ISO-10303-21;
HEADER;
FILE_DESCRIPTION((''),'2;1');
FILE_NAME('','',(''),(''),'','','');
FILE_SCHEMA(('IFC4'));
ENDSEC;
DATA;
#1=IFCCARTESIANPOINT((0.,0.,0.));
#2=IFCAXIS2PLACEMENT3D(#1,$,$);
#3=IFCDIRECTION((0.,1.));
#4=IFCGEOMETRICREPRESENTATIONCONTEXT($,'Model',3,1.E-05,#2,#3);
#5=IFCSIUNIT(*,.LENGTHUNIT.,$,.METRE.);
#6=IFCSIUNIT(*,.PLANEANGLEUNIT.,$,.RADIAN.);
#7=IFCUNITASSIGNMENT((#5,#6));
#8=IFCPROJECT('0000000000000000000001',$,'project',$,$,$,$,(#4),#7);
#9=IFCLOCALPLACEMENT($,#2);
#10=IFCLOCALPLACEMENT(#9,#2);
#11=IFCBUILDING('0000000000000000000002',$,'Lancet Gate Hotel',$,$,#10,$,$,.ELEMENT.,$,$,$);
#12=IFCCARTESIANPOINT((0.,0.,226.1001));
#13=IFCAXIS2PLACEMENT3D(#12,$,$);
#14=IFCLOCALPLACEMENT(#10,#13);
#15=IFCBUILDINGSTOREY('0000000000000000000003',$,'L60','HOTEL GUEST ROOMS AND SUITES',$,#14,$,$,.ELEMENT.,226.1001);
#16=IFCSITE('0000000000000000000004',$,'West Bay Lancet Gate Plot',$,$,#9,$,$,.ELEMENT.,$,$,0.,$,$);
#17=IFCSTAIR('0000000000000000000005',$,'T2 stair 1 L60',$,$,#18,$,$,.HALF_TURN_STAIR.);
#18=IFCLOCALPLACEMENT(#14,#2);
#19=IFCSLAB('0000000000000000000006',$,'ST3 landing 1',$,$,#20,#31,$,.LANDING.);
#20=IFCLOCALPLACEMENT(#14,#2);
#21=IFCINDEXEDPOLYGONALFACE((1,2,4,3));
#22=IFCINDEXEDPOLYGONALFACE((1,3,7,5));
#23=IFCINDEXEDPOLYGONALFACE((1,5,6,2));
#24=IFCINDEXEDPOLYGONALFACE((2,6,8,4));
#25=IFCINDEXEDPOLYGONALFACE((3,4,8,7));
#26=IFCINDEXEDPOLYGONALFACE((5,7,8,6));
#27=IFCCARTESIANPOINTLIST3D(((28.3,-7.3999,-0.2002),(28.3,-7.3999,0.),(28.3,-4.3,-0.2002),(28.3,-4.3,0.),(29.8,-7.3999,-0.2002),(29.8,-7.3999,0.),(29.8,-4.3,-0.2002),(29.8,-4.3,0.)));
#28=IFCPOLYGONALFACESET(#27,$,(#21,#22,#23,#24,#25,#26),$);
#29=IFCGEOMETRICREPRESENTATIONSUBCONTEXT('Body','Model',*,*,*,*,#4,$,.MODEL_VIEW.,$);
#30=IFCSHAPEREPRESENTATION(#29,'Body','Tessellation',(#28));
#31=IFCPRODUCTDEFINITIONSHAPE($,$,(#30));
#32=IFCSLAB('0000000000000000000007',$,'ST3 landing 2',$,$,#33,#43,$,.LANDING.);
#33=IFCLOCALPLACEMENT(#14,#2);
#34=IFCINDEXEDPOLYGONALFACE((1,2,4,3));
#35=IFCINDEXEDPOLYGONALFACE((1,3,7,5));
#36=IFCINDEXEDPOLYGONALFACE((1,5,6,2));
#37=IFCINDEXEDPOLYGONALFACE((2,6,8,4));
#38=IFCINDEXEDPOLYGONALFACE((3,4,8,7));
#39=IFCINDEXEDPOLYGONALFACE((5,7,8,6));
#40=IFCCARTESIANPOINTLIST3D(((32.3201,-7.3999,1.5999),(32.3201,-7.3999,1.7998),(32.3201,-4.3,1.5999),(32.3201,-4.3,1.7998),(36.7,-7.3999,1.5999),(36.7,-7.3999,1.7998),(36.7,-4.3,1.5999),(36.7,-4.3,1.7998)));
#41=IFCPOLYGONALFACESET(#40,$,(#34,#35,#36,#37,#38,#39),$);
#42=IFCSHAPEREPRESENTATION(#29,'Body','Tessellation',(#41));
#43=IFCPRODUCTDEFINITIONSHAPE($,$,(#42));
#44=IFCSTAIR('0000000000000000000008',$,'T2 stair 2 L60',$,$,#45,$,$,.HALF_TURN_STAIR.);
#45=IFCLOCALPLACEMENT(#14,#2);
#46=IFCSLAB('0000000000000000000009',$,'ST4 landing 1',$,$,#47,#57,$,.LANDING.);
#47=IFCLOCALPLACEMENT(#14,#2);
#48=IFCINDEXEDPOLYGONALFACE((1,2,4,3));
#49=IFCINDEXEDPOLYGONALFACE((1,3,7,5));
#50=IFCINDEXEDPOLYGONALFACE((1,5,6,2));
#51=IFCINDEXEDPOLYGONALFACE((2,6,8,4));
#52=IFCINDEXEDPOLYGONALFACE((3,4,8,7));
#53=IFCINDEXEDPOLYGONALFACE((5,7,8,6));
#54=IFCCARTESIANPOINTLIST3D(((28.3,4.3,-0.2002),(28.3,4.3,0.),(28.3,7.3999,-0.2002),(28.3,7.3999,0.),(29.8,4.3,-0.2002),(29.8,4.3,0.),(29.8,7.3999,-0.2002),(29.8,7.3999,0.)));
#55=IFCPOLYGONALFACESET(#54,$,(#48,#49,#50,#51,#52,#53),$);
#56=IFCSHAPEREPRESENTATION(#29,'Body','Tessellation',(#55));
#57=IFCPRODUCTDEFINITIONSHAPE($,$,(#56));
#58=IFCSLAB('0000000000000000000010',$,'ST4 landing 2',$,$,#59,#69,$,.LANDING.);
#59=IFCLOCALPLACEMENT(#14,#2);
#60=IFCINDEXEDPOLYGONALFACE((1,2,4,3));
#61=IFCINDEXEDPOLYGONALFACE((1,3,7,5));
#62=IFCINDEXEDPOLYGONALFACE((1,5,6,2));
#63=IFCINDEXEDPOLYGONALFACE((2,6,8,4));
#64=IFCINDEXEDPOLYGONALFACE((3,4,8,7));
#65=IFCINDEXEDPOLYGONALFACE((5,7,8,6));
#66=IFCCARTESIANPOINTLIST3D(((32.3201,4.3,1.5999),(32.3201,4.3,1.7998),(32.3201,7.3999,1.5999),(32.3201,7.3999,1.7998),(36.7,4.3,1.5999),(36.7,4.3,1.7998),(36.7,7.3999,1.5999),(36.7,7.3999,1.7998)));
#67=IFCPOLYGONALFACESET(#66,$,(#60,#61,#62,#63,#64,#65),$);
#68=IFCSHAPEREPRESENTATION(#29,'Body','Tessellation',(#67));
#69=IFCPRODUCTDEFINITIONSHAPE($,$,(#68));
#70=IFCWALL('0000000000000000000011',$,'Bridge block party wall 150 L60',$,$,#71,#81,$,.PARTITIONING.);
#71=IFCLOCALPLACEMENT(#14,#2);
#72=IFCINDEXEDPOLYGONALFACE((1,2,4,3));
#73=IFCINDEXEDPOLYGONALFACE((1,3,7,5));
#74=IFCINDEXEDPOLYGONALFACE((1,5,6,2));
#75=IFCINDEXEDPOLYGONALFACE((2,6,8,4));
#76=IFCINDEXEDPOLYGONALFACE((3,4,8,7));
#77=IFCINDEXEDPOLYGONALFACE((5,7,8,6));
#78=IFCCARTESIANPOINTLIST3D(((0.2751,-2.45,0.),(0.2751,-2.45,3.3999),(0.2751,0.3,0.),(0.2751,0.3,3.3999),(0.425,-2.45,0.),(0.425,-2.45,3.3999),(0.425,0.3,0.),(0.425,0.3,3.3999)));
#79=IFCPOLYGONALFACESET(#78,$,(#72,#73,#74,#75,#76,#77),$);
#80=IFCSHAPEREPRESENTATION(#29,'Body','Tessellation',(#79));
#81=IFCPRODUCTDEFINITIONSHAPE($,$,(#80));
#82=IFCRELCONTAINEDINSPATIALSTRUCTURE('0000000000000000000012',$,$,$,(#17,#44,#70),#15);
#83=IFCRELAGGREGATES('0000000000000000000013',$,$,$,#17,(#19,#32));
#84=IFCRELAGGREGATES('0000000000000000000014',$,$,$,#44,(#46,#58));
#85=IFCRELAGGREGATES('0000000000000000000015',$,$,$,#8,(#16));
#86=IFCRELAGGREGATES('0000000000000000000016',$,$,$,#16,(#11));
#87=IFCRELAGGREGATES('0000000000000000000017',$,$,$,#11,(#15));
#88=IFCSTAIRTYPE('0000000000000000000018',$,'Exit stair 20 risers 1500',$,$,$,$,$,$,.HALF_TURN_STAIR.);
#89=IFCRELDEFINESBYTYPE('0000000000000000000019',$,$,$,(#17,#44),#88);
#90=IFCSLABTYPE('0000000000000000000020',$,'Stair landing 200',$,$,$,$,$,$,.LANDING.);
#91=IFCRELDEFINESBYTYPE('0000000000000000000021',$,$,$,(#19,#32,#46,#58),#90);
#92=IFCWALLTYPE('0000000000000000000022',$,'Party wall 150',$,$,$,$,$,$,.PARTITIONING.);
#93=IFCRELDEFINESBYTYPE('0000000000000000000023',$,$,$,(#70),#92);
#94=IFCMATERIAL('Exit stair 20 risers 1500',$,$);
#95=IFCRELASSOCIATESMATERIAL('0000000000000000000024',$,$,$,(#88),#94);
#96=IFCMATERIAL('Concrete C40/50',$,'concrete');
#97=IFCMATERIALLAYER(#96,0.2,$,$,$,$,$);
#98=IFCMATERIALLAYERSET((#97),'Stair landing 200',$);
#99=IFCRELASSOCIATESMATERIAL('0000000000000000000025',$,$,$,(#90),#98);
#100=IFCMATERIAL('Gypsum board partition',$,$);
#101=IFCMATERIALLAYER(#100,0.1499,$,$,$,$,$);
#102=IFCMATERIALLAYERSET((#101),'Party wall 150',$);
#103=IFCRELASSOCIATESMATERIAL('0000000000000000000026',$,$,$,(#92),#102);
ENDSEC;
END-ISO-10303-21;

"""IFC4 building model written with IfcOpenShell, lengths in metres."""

from ifc_helpers import new_model, si_unit, direction, frame, frame_2d, origin, place, context, subcontext, project, spatial, polyline, rectangle, outline, extrude, material, layer, layer_set, type_object, element, aggregate, save


model = new_model("IFC4")

# Units and contexts
model_context = context("Model", 3, precision=1e-05, world=origin(), true_north=direction((0.0, 1.0)))
body_context = subcontext(model_context, "Body", "Model", "MODEL_VIEW")
ifc_project = project(units=[si_unit("LENGTHUNIT", "METRE"), si_unit("PLANEANGLEUNIT", "RADIAN")], contexts=[model_context])

# Site, building, storey
site_placement = place(None, origin())
site = spatial("IfcSite", under=ifc_project, at=site_placement, Name="West Bay Lancet Gate Plot", CompositionType="ELEMENT", RefElevation=0.0)
building_placement = place(site_placement, origin())
building = spatial("IfcBuilding", under=site, at=building_placement, Name="Lancet Gate Hotel", CompositionType="ELEMENT")
storey_placement = place(building_placement, frame((0.0, 0.0, 226.1001)))
storey = spatial("IfcBuildingStorey", under=building, at=storey_placement, Name="L60", Description="HOTEL GUEST ROOMS AND SUITES", CompositionType="ELEMENT", Elevation=226.1001)

# Stairs, slabs
ifc_material_1 = material(Name="Exit stair 20 risers 1500")
stair_type = type_object("IfcStairType", Name="Exit stair 20 risers 1500", PredefinedType="HALF_TURN_STAIR", material=ifc_material_1)
ifc_material_2 = material(Name="Concrete C40/50", Category="concrete")
ifc_layer_1 = layer(ifc_material_2, 0.2)
ifc_layer_set_1 = layer_set([ifc_layer_1], Name="Stair landing 200")
slab_type = type_object("IfcSlabType", Name="Stair landing 200", PredefinedType="LANDING", material=ifc_layer_set_1)
stair_1_placement = place(storey_placement, origin())
stair_1 = element("IfcStair", 1, at=stair_1_placement, inside=storey, type_object=stair_type, Name="T2 stair 1 L60", PredefinedType="HALF_TURN_STAIR")
slab_1_placement = place(storey_placement, frame((0.0, 0.0, -0.2002)))
slab_1 = element("IfcSlab", 2, at=slab_1_placement, type_object=slab_type, Name="ST3 landing 1", PredefinedType="LANDING", context=body_context, shape_type="SweptSolid", body=[
    extrude(outline(polyline([(28.3, -7.3999), (29.8, -7.3999), (29.8, -4.3), (28.3, -4.3), (28.3, -7.3999)])), origin(), (0.0, 0.0, 1.0), 0.2002),
])
slab_2_placement = place(storey_placement, frame((0.0, 0.0, 1.5999)))
slab_2 = element("IfcSlab", 3, at=slab_2_placement, type_object=slab_type, Name="ST3 landing 2", PredefinedType="LANDING", context=body_context, shape_type="SweptSolid", body=[
    extrude(outline(polyline([(32.3201, -7.3999), (36.7, -7.3999), (36.7, -4.3), (32.3201, -4.3), (32.3201, -7.3999)])), origin(), (0.0, 0.0, 1.0), 0.2),
])
aggregate(stair_1, [slab_1, slab_2])
stair_2_placement = place(storey_placement, origin())
stair_2 = element("IfcStair", 4, at=stair_2_placement, inside=storey, type_object=stair_type, Name="T2 stair 2 L60", PredefinedType="HALF_TURN_STAIR")
slab_3_placement = place(storey_placement, frame((0.0, 0.0, -0.2002)))
slab_3 = element("IfcSlab", 5, at=slab_3_placement, type_object=slab_type, Name="ST4 landing 1", PredefinedType="LANDING", context=body_context, shape_type="SweptSolid", body=[
    extrude(outline(polyline([(28.3, 4.3), (29.8, 4.3), (29.8, 7.3999), (28.3, 7.3999), (28.3, 4.3)])), origin(), (0.0, 0.0, 1.0), 0.2002),
])
slab_4_placement = place(storey_placement, frame((0.0, 0.0, 1.5999)))
slab_4 = element("IfcSlab", 6, at=slab_4_placement, type_object=slab_type, Name="ST4 landing 2", PredefinedType="LANDING", context=body_context, shape_type="SweptSolid", body=[
    extrude(outline(polyline([(32.3201, 4.3), (36.7, 4.3), (36.7, 7.3999), (32.3201, 7.3999), (32.3201, 4.3)])), origin(), (0.0, 0.0, 1.0), 0.2),
])
aggregate(stair_2, [slab_3, slab_4])

# Wall
ifc_material_3 = material(Name="Gypsum board partition")
ifc_layer_2 = layer(ifc_material_3, 0.1499)
ifc_layer_set_2 = layer_set([ifc_layer_2], Name="Party wall 150")
wall_type = type_object("IfcWallType", Name="Party wall 150", PredefinedType="PARTITIONING", material=ifc_layer_set_2)
wall_placement = place(storey_placement, frame((0.3501, -2.45, 0.0), z_axis=(0.0, 0.0, 1.0), x_axis=(0.0, 1.0, 0.0)))
element("IfcWall", 7, at=wall_placement, inside=storey, type_object=wall_type, Name="Bridge block party wall 150 L60", PredefinedType="PARTITIONING", context=body_context, shape_type="SweptSolid", body=[
    extrude(rectangle(XDim=2.75, YDim=0.1499, at=frame_2d((1.375, 0.0))), origin(), (0.0, 0.0, 1.0), 3.3999),
])

save(model, "model.ifc")
